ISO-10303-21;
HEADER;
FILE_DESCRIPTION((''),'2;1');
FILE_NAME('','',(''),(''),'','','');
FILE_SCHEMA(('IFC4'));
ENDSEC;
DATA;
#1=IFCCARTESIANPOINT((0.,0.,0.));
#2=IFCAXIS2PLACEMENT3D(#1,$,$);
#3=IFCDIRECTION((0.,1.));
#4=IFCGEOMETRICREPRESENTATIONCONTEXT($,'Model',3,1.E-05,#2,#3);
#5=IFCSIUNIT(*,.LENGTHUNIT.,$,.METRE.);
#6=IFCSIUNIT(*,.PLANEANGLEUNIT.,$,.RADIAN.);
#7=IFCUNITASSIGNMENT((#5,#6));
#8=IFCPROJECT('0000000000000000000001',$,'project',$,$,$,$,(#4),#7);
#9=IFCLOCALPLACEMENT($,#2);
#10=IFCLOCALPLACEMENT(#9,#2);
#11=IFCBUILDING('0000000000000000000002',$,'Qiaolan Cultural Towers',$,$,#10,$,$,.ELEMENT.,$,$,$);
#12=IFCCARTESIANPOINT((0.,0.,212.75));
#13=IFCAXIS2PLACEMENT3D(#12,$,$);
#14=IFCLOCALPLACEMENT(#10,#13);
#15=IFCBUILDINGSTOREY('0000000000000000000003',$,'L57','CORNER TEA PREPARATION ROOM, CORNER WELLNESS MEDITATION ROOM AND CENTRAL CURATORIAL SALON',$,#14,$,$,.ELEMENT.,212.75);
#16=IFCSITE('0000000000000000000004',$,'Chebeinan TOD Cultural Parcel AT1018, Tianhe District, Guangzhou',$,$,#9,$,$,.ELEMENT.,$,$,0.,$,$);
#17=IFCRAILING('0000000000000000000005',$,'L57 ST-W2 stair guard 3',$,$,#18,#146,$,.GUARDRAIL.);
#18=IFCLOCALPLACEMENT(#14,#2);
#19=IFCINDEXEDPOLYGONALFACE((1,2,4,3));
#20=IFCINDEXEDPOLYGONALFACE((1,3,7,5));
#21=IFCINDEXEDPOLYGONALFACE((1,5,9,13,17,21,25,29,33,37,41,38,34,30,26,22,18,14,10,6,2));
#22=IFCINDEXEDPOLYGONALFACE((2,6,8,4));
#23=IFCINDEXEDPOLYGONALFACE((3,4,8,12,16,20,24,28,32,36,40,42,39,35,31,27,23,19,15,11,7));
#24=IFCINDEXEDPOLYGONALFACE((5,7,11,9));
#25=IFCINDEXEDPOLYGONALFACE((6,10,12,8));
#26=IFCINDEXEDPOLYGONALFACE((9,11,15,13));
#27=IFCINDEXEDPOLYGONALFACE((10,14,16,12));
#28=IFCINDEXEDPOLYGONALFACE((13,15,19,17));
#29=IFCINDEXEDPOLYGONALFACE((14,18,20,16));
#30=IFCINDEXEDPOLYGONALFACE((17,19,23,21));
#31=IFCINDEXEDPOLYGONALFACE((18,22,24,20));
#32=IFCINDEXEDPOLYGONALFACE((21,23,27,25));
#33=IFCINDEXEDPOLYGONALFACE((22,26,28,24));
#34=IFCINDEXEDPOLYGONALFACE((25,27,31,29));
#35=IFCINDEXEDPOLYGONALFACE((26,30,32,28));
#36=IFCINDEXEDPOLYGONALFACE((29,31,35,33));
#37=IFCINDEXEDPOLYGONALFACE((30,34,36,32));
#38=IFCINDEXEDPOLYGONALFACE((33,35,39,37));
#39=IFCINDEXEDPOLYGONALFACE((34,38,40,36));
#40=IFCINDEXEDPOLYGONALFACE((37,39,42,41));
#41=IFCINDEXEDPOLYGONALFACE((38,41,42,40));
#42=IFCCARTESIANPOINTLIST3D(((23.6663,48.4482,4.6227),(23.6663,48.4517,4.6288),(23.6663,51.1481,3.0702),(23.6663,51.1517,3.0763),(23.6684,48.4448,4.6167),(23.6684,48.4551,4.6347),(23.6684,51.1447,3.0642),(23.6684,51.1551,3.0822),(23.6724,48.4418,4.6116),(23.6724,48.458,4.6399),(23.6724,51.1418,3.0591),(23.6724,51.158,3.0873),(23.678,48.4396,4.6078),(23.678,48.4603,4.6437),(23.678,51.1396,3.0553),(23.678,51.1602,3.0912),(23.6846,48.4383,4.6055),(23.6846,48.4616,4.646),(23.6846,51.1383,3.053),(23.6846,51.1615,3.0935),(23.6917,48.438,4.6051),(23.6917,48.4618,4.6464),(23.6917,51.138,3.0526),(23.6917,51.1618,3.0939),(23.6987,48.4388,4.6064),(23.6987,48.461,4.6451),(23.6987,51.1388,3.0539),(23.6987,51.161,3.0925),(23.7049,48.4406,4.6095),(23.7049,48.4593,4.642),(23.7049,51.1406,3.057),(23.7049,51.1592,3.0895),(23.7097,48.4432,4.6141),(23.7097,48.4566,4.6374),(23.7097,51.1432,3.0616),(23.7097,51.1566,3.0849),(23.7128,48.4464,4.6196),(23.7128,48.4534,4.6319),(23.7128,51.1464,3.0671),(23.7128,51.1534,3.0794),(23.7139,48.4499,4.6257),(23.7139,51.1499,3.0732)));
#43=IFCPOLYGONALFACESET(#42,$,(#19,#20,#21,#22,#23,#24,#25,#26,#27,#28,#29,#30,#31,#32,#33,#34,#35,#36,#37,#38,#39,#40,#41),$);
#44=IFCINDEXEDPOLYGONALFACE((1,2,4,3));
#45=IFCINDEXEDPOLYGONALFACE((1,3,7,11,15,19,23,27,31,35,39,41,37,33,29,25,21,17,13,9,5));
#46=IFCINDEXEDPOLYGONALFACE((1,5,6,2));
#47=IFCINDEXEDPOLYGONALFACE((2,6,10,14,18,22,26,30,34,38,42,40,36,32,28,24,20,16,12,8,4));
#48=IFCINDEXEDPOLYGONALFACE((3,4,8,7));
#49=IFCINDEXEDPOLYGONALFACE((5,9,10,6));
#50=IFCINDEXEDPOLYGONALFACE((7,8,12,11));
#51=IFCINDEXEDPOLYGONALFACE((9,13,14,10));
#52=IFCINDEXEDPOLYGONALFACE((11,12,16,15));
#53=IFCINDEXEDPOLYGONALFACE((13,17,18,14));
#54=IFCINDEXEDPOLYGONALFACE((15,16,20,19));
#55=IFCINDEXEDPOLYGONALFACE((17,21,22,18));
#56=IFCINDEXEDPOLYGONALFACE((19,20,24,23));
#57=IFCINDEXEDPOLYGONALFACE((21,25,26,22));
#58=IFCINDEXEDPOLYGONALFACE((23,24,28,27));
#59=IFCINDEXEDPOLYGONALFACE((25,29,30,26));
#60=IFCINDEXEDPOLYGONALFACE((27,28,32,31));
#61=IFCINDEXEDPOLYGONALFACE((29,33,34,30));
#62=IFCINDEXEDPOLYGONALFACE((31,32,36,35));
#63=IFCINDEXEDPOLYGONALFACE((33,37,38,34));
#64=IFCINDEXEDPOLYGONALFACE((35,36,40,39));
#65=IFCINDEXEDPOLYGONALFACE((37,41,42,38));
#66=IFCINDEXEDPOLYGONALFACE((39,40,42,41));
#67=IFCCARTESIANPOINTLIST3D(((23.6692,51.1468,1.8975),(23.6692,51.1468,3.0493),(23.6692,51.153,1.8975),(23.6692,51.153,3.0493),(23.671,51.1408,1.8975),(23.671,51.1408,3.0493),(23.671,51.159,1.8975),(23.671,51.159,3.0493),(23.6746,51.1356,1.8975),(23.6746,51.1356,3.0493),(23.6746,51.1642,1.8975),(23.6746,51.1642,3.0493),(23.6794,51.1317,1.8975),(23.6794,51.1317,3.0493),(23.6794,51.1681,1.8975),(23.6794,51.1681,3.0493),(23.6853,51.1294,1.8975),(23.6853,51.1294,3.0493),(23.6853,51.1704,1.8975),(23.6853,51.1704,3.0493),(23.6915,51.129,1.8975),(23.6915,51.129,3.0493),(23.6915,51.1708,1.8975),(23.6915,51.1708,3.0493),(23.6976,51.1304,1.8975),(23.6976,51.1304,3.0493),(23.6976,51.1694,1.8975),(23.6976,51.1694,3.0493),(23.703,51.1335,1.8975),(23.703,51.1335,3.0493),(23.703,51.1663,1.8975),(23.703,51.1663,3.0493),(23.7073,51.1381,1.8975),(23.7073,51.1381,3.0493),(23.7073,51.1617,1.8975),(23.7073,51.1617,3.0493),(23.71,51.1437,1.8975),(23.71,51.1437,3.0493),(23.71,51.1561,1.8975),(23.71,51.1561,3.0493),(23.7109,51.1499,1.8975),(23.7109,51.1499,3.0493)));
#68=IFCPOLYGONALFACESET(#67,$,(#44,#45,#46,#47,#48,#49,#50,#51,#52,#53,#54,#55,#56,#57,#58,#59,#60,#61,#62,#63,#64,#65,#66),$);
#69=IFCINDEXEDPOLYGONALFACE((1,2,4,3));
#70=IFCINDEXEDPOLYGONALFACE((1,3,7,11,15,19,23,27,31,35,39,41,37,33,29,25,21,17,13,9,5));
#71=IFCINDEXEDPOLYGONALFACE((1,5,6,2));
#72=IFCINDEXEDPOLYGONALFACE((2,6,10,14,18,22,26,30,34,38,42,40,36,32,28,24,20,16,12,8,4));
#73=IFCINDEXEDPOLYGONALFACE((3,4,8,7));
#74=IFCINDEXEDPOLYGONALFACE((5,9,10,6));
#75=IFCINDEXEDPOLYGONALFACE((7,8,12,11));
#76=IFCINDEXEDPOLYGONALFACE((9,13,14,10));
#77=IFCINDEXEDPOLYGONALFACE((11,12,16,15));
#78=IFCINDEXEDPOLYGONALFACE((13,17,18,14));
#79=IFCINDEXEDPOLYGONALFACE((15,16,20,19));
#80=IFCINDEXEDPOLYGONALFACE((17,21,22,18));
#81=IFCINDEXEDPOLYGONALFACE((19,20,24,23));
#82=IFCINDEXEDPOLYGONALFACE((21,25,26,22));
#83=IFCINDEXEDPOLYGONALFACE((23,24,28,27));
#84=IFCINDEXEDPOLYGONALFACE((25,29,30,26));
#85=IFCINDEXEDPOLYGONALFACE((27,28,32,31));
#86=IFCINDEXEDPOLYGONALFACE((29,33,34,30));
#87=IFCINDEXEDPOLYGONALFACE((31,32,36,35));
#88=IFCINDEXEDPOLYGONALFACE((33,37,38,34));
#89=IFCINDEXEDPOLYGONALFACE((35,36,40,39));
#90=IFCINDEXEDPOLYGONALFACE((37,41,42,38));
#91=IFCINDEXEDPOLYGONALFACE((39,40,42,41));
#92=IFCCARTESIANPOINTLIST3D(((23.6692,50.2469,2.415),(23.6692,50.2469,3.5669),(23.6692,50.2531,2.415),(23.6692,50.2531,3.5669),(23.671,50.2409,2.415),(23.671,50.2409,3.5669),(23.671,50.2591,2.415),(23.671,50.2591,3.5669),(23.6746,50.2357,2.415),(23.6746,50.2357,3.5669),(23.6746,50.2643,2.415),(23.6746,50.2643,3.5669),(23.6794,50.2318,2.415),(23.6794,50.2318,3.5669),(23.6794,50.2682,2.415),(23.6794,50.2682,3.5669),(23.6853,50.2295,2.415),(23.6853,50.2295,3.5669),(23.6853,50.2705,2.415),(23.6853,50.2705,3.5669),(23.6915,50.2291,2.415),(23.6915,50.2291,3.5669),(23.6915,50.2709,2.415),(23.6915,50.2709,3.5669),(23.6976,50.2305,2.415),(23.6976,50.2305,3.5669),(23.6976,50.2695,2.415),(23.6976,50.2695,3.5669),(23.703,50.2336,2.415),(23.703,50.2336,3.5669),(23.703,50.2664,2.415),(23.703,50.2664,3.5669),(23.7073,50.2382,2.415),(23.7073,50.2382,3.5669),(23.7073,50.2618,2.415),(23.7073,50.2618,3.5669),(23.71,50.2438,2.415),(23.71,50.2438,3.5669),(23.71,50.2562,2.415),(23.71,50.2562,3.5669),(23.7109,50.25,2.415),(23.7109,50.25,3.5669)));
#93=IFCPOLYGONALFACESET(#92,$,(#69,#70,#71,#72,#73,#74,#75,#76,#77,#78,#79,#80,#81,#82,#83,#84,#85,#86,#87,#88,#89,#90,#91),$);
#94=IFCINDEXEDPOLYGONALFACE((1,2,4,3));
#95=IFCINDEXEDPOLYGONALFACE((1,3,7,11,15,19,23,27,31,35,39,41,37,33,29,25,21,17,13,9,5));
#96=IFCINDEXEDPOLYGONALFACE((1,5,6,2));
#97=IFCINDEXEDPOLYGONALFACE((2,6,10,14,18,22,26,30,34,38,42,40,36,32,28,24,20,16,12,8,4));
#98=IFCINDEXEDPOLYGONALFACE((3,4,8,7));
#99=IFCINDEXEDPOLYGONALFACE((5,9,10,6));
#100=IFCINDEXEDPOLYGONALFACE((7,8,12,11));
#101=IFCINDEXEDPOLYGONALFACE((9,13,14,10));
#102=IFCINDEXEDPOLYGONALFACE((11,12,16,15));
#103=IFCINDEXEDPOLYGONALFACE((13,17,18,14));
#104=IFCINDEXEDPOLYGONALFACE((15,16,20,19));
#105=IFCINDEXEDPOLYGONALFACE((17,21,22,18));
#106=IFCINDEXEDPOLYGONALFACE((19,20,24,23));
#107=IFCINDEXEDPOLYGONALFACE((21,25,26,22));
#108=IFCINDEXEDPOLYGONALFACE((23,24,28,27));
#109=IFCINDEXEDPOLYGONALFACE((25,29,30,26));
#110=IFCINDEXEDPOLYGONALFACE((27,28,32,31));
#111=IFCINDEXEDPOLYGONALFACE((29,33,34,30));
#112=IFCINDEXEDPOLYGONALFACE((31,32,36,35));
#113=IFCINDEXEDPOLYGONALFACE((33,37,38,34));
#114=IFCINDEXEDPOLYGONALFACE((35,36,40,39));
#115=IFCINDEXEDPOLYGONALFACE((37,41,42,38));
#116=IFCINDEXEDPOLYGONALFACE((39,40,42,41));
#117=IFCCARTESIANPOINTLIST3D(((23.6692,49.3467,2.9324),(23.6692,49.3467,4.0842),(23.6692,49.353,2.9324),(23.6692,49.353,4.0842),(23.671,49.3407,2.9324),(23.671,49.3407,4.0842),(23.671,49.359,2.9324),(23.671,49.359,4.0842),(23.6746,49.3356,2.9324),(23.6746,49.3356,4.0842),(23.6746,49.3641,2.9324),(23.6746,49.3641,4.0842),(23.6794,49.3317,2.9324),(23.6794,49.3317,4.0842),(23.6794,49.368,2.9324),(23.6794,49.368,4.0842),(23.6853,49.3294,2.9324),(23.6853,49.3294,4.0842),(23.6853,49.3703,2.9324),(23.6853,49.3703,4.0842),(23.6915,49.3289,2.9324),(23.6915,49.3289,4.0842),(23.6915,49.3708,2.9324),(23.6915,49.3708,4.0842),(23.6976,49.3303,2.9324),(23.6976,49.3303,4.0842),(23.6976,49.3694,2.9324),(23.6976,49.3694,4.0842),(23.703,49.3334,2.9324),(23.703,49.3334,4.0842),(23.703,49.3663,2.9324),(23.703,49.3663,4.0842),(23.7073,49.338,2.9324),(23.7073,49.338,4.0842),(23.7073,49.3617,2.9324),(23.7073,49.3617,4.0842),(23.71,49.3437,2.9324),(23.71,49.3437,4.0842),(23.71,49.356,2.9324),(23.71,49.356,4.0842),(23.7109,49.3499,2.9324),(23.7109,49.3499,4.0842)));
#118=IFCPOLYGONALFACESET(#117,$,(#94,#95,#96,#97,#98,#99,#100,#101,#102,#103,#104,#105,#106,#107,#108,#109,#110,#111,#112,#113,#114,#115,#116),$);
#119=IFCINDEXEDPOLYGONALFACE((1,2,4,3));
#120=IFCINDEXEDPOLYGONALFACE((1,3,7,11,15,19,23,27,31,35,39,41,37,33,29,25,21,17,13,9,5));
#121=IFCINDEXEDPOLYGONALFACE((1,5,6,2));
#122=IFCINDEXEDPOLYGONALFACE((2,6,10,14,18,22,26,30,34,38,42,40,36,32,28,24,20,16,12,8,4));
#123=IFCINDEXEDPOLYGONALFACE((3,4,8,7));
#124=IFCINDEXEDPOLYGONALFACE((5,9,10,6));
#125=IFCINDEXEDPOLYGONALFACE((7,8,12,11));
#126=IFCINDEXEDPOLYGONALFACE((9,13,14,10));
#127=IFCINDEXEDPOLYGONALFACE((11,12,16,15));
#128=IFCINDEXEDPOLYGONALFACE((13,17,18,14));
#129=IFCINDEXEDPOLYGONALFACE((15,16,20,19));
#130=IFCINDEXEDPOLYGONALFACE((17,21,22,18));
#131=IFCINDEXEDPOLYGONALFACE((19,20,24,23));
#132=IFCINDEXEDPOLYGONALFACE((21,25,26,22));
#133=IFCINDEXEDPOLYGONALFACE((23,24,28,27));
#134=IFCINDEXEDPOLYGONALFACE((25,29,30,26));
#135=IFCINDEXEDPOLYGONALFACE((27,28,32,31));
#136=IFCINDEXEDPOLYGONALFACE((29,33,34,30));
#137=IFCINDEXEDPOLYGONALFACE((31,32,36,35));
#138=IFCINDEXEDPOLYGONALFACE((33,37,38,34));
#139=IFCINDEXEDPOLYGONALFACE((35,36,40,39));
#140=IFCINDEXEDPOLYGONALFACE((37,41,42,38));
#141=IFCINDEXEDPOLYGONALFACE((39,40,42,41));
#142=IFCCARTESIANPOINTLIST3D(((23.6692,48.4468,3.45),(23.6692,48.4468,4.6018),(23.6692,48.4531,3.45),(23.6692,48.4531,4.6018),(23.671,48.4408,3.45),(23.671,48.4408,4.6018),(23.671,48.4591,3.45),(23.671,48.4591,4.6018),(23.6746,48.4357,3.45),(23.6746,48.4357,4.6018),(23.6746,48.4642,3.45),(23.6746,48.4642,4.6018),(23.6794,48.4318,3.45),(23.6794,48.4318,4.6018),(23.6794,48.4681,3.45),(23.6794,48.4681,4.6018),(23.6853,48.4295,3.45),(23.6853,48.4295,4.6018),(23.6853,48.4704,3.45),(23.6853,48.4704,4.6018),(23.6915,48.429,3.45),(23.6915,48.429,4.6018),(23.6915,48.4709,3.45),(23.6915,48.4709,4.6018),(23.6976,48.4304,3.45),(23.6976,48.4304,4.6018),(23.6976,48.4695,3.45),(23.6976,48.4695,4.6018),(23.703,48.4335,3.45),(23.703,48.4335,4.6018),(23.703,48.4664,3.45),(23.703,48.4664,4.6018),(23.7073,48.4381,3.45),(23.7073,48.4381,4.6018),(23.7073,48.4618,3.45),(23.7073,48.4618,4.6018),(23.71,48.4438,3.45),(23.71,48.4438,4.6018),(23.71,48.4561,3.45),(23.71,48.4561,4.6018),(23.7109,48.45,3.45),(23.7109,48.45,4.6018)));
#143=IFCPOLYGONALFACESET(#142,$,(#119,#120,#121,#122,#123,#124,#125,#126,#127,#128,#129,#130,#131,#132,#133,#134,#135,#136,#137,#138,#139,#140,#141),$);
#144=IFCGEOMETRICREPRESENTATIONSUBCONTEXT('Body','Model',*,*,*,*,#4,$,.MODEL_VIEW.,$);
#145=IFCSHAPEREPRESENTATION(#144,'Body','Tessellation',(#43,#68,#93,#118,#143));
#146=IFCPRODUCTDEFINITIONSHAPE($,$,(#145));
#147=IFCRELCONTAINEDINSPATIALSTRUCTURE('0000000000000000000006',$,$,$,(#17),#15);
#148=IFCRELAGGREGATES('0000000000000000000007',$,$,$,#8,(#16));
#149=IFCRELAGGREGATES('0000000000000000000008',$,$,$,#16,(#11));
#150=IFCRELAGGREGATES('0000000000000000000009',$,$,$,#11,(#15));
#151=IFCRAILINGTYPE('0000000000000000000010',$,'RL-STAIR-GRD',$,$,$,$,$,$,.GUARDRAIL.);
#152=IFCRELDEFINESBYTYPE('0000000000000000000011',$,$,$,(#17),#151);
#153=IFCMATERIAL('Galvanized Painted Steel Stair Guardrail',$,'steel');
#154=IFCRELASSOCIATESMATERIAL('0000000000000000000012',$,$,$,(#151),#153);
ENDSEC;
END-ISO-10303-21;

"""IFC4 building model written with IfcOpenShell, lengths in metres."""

from ifc_helpers import new_model, si_unit, direction, frame, origin, origin_2d, place, context, subcontext, project, spatial, circle, extrude, material, type_object, element, save


model = new_model("IFC4")

# Units and contexts
model_context = context("Model", 3, precision=1e-05, world=origin(), true_north=direction((0.0, 1.0)))
body_context = subcontext(model_context, "Body", "Model", "MODEL_VIEW")
ifc_project = project(units=[si_unit("LENGTHUNIT", "METRE"), si_unit("PLANEANGLEUNIT", "RADIAN")], contexts=[model_context])

# Site, building, storey
site_placement = place(None, origin())
site = spatial("IfcSite", under=ifc_project, at=site_placement, Name="Chebeinan TOD Cultural Parcel AT1018, Tianhe District, Guangzhou", CompositionType="ELEMENT", RefElevation=0.0)
building_placement = place(site_placement, origin())
building = spatial("IfcBuilding", under=site, at=building_placement, Name="Qiaolan Cultural Towers", CompositionType="ELEMENT")
storey_placement = place(building_placement, frame((0.0, 0.0, 212.75)))
storey = spatial("IfcBuildingStorey", under=building, at=storey_placement, Name="L57", Description="CORNER TEA PREPARATION ROOM, CORNER WELLNESS MEDITATION ROOM AND CENTRAL CURATORIAL SALON", CompositionType="ELEMENT", Elevation=212.75)

# Railing
ifc_material_1 = material(Name="Galvanized Painted Steel Stair Guardrail", Category="steel")
railing_type_1 = type_object("IfcRailingType", Name="RL-STAIR-GRD", PredefinedType="GUARDRAIL", material=ifc_material_1)
railing_1_placement = place(storey_placement, frame((23.6899, 51.1499, 1.8975)))
element("IfcRailing", 1, at=railing_1_placement, inside=storey, type_object=railing_type_1, Name="L57 ST-W2 stair guard 3", PredefinedType="GUARDRAIL", context=body_context, shape_type="SweptSolid", body=[
    extrude(circle(Radius=0.0239, at=origin_2d()), frame((0.0, 0.0, 1.1758), z_axis=(0.0, -0.866904, 0.498476), x_axis=(1.0, 0.0, 0.0)), (0.0, 0.0, 1.0), 3.1145),
    extrude(circle(Radius=0.021, at=origin_2d()), origin(), (0.0, 0.0, 1.0), 1.1519),
    extrude(circle(Radius=0.021, at=origin_2d()), frame((0.0, -0.8999, 0.5176)), (0.0, 0.0, 1.0), 1.1519),
    extrude(circle(Radius=0.021, at=origin_2d()), frame((0.0, -1.8, 1.0349)), (0.0, 0.0, 1.0), 1.1519),
    extrude(circle(Radius=0.021, at=origin_2d()), frame((0.0, -2.7, 1.5525)), (0.0, 0.0, 1.0), 1.1519),
])

save(model, "model.ifc")
